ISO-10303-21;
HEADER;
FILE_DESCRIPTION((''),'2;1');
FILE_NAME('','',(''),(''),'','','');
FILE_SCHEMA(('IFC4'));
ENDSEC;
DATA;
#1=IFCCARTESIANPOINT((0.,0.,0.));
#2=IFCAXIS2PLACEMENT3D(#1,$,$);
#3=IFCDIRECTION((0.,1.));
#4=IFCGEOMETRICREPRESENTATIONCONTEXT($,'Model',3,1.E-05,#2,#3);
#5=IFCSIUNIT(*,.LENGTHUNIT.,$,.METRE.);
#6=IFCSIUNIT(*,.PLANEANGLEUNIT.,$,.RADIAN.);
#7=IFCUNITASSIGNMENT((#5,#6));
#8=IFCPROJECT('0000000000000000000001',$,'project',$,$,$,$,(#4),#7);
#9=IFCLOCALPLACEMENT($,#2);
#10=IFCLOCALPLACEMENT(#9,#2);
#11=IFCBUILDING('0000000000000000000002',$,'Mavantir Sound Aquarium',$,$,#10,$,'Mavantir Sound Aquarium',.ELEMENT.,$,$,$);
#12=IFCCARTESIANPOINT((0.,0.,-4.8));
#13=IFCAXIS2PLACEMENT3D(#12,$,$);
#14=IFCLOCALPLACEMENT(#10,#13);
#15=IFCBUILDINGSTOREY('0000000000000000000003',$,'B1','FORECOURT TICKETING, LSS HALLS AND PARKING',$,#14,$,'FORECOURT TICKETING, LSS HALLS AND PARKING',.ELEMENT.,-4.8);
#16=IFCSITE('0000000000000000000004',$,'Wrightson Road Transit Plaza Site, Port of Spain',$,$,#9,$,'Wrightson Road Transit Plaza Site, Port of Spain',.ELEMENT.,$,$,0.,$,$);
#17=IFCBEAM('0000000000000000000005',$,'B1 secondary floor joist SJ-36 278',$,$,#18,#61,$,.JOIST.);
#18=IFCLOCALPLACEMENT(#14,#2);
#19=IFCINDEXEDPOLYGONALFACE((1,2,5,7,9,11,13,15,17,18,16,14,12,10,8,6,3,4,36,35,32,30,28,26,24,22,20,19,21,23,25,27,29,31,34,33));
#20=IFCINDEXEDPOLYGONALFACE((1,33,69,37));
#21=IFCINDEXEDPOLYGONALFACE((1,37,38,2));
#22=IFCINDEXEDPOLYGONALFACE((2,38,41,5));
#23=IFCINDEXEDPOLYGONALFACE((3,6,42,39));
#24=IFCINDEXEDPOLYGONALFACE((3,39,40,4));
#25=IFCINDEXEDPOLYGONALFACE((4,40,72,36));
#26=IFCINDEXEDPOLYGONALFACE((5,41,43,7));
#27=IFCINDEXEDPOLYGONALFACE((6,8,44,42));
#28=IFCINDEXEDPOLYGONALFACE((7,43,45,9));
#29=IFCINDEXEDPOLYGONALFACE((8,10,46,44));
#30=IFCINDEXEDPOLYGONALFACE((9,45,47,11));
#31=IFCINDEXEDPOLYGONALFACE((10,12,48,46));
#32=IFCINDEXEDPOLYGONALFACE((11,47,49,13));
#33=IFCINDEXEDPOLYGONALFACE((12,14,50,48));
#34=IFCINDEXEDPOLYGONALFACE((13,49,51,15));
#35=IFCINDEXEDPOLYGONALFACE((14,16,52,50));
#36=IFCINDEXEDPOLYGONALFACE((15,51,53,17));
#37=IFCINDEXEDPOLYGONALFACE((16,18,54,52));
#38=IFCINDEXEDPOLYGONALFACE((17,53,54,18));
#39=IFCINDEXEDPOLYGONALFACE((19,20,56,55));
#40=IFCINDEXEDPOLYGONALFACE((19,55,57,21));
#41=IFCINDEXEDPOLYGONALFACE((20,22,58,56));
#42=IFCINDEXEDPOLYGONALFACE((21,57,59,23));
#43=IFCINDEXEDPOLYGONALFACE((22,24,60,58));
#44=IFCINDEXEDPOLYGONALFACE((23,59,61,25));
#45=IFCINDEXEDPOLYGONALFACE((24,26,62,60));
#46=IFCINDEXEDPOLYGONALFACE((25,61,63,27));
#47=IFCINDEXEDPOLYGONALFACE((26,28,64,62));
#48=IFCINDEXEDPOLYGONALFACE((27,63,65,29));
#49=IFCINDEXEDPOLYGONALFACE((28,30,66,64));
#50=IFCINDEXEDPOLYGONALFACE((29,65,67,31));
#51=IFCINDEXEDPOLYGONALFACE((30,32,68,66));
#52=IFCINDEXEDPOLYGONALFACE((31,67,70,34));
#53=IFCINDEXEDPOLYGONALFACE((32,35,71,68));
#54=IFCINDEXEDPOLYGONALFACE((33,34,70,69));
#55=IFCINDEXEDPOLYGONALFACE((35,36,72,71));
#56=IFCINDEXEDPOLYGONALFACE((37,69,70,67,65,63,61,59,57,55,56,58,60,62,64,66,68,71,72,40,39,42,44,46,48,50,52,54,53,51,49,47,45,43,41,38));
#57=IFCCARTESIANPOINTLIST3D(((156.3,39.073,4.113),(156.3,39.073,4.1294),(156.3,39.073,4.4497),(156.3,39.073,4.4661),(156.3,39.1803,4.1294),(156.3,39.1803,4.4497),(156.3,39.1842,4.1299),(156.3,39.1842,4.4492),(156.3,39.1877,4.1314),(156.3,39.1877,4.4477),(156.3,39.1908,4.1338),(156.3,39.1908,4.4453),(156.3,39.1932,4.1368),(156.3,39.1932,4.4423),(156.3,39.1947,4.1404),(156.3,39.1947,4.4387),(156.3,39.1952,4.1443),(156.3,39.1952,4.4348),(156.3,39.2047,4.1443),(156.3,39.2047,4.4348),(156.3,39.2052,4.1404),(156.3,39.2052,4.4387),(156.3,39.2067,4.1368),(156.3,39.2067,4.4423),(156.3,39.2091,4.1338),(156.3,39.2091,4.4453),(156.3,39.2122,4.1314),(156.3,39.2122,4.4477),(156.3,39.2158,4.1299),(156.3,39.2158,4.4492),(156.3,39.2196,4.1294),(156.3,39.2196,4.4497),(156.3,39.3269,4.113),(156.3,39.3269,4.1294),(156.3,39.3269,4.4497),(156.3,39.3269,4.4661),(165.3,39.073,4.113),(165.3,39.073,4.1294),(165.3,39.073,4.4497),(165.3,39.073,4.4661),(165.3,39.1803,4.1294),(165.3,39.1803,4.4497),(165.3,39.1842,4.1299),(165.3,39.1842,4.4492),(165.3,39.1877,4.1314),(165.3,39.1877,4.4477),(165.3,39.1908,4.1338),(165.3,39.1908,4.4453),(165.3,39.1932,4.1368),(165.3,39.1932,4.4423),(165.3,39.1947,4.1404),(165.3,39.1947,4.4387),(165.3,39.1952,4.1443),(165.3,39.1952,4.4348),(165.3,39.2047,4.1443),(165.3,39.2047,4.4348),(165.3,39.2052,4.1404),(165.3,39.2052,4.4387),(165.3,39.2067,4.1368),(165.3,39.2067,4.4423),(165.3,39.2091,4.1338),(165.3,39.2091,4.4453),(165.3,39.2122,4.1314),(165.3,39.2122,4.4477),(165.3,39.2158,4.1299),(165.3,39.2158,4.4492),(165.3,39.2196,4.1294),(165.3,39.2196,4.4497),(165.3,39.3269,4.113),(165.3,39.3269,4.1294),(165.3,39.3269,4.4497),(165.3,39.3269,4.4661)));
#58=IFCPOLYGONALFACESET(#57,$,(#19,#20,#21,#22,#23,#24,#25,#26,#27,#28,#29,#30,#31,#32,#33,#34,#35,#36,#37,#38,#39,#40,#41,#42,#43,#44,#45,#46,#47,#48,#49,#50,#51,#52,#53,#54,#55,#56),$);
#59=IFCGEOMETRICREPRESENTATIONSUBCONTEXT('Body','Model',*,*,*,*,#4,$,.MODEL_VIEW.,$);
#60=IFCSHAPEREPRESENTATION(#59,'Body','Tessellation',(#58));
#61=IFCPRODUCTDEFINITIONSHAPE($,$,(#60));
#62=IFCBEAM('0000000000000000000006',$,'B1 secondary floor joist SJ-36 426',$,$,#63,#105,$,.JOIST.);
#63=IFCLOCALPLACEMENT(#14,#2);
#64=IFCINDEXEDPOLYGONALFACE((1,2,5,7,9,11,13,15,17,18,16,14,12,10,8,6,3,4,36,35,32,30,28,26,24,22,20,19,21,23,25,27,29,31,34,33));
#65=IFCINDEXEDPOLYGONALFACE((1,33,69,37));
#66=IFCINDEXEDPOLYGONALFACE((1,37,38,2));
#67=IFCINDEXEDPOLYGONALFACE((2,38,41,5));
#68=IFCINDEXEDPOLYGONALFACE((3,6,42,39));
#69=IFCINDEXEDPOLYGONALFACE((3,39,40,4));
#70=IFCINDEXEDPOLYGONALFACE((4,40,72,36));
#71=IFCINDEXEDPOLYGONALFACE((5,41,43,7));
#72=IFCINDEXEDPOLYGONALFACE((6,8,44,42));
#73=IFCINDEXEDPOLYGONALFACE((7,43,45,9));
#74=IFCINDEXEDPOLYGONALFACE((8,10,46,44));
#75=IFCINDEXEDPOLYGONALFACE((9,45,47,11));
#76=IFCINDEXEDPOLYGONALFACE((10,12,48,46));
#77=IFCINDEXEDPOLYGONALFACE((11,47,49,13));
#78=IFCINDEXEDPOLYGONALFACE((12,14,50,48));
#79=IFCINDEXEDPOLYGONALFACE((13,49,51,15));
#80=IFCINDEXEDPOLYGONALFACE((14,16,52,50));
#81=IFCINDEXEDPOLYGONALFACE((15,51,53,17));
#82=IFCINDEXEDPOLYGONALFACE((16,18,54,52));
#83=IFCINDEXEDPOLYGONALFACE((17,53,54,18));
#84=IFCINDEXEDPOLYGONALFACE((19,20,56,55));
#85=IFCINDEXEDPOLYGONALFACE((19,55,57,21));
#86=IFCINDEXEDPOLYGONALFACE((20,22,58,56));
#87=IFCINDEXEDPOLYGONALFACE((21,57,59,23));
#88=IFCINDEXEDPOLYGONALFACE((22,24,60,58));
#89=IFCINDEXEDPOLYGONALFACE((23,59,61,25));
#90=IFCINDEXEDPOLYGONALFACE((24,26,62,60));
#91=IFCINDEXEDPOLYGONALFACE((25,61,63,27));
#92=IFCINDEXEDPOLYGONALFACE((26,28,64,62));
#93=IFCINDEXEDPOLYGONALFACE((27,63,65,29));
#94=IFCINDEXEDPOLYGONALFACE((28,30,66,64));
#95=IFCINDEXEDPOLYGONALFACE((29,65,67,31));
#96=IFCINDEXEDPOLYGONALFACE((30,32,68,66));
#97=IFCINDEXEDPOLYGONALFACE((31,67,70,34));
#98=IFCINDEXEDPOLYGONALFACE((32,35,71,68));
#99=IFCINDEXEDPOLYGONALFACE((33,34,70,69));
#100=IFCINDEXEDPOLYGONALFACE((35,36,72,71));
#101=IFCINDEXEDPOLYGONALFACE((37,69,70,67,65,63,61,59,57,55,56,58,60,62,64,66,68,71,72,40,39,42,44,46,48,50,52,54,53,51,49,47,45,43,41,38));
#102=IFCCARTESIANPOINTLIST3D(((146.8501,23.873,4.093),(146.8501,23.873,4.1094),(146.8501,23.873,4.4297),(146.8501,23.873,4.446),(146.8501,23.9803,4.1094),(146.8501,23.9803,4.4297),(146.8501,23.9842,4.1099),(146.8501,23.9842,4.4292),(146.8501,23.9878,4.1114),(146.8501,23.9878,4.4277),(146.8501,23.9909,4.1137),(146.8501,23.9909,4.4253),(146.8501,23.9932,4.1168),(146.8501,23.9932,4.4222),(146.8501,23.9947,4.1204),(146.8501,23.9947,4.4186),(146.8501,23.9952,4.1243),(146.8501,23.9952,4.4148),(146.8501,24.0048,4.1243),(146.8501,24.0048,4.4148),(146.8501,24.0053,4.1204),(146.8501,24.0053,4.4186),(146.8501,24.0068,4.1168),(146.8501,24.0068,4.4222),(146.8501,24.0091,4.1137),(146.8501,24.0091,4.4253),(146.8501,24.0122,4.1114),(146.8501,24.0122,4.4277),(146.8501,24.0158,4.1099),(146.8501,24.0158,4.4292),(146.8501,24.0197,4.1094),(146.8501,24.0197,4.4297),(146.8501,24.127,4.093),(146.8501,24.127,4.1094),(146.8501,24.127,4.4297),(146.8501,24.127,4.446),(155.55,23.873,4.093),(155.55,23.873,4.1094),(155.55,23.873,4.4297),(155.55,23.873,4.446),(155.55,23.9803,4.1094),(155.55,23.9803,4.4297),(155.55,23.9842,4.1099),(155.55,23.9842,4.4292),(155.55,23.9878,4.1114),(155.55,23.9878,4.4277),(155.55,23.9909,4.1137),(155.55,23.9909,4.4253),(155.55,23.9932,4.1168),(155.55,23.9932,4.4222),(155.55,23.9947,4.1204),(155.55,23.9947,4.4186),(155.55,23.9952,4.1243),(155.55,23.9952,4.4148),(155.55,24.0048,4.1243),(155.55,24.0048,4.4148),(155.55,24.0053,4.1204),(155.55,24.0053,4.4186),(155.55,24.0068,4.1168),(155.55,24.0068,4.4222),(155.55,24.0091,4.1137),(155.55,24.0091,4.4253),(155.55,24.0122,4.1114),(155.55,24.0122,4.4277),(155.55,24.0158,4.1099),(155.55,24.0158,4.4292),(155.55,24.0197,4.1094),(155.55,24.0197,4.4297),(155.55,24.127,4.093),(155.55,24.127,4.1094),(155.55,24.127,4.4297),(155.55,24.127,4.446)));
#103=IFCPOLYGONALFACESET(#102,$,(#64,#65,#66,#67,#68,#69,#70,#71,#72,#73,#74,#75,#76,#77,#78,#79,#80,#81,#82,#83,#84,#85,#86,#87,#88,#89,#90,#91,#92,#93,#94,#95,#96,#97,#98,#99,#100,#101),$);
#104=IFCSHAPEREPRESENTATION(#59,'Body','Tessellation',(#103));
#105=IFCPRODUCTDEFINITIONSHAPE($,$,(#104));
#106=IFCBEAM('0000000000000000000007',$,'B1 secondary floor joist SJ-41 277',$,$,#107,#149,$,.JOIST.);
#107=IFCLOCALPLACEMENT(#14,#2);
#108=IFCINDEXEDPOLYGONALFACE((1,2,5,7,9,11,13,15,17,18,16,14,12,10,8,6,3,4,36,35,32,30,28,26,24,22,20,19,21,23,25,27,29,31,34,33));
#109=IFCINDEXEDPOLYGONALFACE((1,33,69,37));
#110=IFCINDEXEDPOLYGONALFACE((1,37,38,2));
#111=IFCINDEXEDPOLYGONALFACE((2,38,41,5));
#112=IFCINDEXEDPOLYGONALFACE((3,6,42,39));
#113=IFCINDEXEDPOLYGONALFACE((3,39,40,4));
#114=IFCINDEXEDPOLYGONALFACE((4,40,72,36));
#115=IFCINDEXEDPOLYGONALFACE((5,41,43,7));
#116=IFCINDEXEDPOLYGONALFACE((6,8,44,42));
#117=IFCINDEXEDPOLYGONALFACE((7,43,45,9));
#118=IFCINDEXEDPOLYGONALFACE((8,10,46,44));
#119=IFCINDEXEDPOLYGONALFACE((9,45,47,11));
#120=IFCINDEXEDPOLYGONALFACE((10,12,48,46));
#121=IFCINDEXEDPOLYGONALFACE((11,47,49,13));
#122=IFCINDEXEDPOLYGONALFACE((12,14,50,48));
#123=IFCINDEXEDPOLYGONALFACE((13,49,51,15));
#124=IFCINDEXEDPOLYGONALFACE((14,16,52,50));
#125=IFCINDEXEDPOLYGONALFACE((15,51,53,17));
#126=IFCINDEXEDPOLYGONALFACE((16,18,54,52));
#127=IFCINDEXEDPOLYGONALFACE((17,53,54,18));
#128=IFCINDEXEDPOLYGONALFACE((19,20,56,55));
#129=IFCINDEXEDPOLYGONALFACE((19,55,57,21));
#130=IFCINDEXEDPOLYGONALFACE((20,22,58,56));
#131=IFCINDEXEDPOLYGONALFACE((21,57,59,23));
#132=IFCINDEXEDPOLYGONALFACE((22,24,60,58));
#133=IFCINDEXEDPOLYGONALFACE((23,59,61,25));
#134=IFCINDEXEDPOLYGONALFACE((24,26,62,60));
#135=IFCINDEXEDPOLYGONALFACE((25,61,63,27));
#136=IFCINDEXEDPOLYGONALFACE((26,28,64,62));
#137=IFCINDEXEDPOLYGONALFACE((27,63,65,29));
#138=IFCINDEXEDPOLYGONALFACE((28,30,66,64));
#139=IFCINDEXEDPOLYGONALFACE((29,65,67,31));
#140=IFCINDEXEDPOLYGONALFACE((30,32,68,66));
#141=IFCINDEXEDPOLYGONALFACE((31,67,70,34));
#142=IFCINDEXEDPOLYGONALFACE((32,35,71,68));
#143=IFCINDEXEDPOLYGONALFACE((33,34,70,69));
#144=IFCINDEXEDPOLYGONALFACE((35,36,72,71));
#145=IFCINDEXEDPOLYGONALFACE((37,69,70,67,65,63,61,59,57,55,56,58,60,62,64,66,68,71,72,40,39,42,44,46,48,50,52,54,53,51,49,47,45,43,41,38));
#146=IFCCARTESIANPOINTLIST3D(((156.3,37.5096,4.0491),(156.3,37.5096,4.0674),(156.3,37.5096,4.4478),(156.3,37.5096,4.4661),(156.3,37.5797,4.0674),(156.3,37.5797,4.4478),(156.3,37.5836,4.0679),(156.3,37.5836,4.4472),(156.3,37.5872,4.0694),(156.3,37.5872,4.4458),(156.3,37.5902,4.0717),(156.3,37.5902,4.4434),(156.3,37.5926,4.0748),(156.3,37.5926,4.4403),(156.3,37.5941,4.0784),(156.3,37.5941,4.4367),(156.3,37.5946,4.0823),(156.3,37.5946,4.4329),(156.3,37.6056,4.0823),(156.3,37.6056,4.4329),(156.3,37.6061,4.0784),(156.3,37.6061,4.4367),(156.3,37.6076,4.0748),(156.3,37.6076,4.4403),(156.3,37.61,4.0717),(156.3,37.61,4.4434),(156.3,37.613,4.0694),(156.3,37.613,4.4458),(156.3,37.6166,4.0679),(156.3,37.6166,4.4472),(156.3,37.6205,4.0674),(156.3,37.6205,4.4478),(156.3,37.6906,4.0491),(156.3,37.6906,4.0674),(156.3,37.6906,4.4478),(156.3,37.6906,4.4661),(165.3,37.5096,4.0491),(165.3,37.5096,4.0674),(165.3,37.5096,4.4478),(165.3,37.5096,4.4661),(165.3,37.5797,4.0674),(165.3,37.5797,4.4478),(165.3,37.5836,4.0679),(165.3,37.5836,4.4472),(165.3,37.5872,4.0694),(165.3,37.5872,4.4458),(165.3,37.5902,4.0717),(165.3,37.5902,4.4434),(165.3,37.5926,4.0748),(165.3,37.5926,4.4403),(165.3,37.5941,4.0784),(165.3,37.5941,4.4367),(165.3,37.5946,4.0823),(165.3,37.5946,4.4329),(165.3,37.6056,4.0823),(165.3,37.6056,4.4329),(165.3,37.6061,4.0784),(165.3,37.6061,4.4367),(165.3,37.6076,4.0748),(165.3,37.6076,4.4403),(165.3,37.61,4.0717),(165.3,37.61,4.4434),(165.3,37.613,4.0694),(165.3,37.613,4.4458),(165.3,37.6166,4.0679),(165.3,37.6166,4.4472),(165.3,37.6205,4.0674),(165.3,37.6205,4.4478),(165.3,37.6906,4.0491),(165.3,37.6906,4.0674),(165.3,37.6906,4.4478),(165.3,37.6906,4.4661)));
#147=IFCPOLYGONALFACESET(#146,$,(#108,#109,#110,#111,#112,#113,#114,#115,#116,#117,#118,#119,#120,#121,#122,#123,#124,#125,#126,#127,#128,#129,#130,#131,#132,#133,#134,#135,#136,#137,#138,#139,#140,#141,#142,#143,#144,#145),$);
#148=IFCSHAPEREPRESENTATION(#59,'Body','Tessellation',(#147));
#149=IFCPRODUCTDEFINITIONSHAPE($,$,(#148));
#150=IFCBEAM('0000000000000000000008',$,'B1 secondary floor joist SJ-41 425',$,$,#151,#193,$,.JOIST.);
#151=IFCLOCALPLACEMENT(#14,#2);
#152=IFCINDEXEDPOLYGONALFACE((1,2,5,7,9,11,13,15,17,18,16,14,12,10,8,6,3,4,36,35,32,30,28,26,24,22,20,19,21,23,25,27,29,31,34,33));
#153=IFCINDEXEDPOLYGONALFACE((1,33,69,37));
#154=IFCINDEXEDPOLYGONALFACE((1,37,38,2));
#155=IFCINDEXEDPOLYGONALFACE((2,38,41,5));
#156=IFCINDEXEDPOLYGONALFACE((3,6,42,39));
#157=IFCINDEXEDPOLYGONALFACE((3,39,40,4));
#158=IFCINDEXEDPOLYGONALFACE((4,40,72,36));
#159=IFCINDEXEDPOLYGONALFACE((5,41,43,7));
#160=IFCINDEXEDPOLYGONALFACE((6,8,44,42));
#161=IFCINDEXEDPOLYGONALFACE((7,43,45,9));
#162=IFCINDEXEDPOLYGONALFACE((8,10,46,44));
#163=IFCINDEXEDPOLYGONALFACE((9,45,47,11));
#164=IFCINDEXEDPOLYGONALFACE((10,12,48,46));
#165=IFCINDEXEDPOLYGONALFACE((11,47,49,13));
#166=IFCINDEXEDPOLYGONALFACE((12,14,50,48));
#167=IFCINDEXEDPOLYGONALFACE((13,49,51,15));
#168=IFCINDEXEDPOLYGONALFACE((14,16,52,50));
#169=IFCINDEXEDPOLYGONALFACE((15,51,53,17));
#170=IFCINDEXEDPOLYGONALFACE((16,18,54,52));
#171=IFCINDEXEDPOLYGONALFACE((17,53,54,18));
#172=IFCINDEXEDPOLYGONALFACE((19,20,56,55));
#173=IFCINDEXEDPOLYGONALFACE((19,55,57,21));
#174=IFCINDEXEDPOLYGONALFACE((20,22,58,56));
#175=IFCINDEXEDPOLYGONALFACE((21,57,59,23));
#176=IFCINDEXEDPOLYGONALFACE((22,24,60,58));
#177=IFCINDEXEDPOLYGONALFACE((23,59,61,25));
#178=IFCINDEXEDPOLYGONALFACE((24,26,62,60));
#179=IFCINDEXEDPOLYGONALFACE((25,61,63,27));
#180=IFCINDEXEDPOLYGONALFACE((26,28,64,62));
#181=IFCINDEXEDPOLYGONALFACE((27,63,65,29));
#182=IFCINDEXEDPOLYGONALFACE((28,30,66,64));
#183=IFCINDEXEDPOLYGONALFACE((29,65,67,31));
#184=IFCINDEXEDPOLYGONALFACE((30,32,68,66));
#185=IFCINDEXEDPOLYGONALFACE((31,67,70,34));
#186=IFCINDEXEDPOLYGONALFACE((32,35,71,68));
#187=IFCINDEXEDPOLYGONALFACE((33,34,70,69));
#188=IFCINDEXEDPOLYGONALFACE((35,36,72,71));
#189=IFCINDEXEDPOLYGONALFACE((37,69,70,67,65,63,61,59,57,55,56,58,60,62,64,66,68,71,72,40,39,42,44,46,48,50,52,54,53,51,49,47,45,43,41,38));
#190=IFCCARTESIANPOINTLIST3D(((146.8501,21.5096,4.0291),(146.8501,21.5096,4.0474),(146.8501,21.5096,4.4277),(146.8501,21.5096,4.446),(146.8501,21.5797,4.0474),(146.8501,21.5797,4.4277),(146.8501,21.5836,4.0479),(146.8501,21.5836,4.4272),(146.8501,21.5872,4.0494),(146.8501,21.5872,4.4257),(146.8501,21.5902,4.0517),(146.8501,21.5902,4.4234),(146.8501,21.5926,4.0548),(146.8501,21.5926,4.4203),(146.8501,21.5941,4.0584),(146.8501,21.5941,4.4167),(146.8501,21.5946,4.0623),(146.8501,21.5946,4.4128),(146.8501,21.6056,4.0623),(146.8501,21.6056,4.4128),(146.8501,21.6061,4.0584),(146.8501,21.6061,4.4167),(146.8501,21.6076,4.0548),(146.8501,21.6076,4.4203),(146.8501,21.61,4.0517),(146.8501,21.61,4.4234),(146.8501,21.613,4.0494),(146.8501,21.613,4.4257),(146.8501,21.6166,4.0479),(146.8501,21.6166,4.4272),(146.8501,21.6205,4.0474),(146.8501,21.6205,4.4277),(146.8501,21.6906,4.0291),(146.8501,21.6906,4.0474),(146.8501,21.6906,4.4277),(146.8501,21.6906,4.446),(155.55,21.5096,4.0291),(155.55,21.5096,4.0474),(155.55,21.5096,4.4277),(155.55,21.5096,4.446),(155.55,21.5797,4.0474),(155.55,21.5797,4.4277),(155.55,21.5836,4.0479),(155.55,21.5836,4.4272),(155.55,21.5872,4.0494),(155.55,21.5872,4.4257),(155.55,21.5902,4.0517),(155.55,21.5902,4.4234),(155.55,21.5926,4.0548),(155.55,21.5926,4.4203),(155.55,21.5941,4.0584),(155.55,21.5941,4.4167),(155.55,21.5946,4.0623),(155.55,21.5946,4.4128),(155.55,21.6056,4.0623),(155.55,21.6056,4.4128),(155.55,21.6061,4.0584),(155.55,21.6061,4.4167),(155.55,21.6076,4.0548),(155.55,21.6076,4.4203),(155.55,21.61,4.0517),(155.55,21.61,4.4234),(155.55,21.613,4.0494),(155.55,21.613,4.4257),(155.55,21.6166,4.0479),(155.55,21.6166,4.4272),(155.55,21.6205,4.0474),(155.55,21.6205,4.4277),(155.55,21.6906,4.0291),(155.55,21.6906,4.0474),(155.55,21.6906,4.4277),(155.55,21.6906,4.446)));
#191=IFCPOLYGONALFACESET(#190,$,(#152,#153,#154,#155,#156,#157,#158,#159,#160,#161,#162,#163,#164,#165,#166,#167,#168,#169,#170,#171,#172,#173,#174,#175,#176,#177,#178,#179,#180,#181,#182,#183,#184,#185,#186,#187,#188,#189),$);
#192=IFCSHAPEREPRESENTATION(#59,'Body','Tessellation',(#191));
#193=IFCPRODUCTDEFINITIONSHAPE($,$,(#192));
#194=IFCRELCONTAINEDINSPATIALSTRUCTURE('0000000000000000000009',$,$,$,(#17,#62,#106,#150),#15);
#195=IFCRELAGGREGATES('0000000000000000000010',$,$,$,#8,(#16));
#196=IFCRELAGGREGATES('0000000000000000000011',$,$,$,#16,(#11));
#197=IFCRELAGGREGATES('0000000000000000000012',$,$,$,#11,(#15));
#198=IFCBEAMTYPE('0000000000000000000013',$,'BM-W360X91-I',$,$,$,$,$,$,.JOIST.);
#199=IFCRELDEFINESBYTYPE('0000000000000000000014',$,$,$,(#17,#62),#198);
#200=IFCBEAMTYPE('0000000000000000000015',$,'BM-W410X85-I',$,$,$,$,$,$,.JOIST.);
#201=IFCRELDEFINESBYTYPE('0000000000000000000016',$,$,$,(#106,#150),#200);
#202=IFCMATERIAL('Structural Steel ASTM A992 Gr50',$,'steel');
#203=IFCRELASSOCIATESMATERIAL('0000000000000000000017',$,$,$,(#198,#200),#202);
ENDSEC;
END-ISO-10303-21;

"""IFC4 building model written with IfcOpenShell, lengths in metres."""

from ifc_helpers import new_model, si_unit, direction, frame, origin, origin_2d, place, context, subcontext, project, spatial, i_section, extrude, material, material_profile, profile_set, type_object, element, save


model = new_model("IFC4")

# Units and contexts
model_context = context("Model", 3, precision=1e-05, world=origin(), true_north=direction((0.0, 1.0)))
body_context = subcontext(model_context, "Body", "Model", "MODEL_VIEW")
ifc_project = project(units=[si_unit("LENGTHUNIT", "METRE"), si_unit("PLANEANGLEUNIT", "RADIAN")], contexts=[model_context])

# Site, building, storey
site_placement = place(None, origin())
site = spatial("IfcSite", under=ifc_project, at=site_placement, Name="Wrightson Road Transit Plaza Site, Port of Spain", LongName="Wrightson Road Transit Plaza Site, Port of Spain", CompositionType="ELEMENT", RefElevation=0.0)
building_placement = place(site_placement, origin())
building = spatial("IfcBuilding", under=site, at=building_placement, Name="Mavantir Sound Aquarium", LongName="Mavantir Sound Aquarium", CompositionType="ELEMENT")
storey_placement = place(building_placement, frame((0.0, 0.0, -4.8)))
storey = spatial("IfcBuildingStorey", under=building, at=storey_placement, Name="B1", Description="FORECOURT TICKETING, LSS HALLS AND PARKING", LongName="FORECOURT TICKETING, LSS HALLS AND PARKING", CompositionType="ELEMENT", Elevation=-4.8)

# Beams
ifc_material_1 = material(Name="Structural Steel ASTM A992 Gr50", Category="steel")
ifc_material_profile_1 = material_profile(ifc_material_1, i_section(OverallWidth=0.2539, OverallDepth=0.353, WebThickness=0.0095, FlangeThickness=0.0164, FilletRadius=0.0149, at=origin_2d()), Name="W360X91")
ifc_profile_set_1 = profile_set([ifc_material_profile_1], Name="Structural Steel ASTM A992 Gr50")
beam_type_1 = type_object("IfcBeamType", Name="BM-W360X91-I", PredefinedType="JOIST", material=ifc_profile_set_1)
beam_1_placement = place(storey_placement, frame((156.3, 39.2, 4.2896), z_axis=(1.0, 0.0, 0.0), x_axis=(0.0, 1.0, 0.0)))
element("IfcBeam", 1, at=beam_1_placement, inside=storey, type_object=beam_type_1, Name="B1 secondary floor joist SJ-36 278", PredefinedType="JOIST", context=body_context, shape_type="SweptSolid", body=[
    extrude(i_section(OverallWidth=0.2539, OverallDepth=0.353, WebThickness=0.0095, FlangeThickness=0.0164, FilletRadius=0.0149, at=origin_2d()), origin(), (0.0, 0.0, 1.0), 9.0),
])
beam_2_placement = place(storey_placement, frame((146.8501, 24.0, 4.2695), z_axis=(1.0, 0.0, 0.0), x_axis=(0.0, 1.0, 0.0)))
element("IfcBeam", 2, at=beam_2_placement, inside=storey, type_object=beam_type_1, Name="B1 secondary floor joist SJ-36 426", PredefinedType="JOIST", context=body_context, shape_type="SweptSolid", body=[
    extrude(i_section(OverallWidth=0.2539, OverallDepth=0.353, WebThickness=0.0095, FlangeThickness=0.0164, FilletRadius=0.0149, at=origin_2d()), origin(), (0.0, 0.0, 1.0), 8.7),
])
ifc_material_profile_2 = material_profile(ifc_material_1, i_section(OverallWidth=0.1809, OverallDepth=0.417, WebThickness=0.011, FlangeThickness=0.0183, FilletRadius=0.0149, at=origin_2d()), Name="W410X85")
ifc_profile_set_2 = profile_set([ifc_material_profile_2], Name="Structural Steel ASTM A992 Gr50")
beam_type_2 = type_object("IfcBeamType", Name="BM-W410X85-I", PredefinedType="JOIST", material=ifc_profile_set_2)
beam_3_placement = place(storey_placement, frame((156.3, 37.6001, 4.2576), z_axis=(1.0, 0.0, 0.0), x_axis=(0.0, 1.0, 0.0)))
element("IfcBeam", 3, at=beam_3_placement, inside=storey, type_object=beam_type_2, Name="B1 secondary floor joist SJ-41 277", PredefinedType="JOIST", context=body_context, shape_type="SweptSolid", body=[
    extrude(i_section(OverallWidth=0.1809, OverallDepth=0.417, WebThickness=0.011, FlangeThickness=0.0183, FilletRadius=0.0149, at=origin_2d()), origin(), (0.0, 0.0, 1.0), 9.0),
])
beam_4_placement = place(storey_placement, frame((146.8501, 21.6001, 4.2375), z_axis=(1.0, 0.0, 0.0), x_axis=(0.0, 1.0, 0.0)))
element("IfcBeam", 4, at=beam_4_placement, inside=storey, type_object=beam_type_2, Name="B1 secondary floor joist SJ-41 425", PredefinedType="JOIST", context=body_context, shape_type="SweptSolid", body=[
    extrude(i_section(OverallWidth=0.1809, OverallDepth=0.417, WebThickness=0.011, FlangeThickness=0.0183, FilletRadius=0.0149, at=origin_2d()), origin(), (0.0, 0.0, 1.0), 8.7),
])

save(model, "model.ifc")
